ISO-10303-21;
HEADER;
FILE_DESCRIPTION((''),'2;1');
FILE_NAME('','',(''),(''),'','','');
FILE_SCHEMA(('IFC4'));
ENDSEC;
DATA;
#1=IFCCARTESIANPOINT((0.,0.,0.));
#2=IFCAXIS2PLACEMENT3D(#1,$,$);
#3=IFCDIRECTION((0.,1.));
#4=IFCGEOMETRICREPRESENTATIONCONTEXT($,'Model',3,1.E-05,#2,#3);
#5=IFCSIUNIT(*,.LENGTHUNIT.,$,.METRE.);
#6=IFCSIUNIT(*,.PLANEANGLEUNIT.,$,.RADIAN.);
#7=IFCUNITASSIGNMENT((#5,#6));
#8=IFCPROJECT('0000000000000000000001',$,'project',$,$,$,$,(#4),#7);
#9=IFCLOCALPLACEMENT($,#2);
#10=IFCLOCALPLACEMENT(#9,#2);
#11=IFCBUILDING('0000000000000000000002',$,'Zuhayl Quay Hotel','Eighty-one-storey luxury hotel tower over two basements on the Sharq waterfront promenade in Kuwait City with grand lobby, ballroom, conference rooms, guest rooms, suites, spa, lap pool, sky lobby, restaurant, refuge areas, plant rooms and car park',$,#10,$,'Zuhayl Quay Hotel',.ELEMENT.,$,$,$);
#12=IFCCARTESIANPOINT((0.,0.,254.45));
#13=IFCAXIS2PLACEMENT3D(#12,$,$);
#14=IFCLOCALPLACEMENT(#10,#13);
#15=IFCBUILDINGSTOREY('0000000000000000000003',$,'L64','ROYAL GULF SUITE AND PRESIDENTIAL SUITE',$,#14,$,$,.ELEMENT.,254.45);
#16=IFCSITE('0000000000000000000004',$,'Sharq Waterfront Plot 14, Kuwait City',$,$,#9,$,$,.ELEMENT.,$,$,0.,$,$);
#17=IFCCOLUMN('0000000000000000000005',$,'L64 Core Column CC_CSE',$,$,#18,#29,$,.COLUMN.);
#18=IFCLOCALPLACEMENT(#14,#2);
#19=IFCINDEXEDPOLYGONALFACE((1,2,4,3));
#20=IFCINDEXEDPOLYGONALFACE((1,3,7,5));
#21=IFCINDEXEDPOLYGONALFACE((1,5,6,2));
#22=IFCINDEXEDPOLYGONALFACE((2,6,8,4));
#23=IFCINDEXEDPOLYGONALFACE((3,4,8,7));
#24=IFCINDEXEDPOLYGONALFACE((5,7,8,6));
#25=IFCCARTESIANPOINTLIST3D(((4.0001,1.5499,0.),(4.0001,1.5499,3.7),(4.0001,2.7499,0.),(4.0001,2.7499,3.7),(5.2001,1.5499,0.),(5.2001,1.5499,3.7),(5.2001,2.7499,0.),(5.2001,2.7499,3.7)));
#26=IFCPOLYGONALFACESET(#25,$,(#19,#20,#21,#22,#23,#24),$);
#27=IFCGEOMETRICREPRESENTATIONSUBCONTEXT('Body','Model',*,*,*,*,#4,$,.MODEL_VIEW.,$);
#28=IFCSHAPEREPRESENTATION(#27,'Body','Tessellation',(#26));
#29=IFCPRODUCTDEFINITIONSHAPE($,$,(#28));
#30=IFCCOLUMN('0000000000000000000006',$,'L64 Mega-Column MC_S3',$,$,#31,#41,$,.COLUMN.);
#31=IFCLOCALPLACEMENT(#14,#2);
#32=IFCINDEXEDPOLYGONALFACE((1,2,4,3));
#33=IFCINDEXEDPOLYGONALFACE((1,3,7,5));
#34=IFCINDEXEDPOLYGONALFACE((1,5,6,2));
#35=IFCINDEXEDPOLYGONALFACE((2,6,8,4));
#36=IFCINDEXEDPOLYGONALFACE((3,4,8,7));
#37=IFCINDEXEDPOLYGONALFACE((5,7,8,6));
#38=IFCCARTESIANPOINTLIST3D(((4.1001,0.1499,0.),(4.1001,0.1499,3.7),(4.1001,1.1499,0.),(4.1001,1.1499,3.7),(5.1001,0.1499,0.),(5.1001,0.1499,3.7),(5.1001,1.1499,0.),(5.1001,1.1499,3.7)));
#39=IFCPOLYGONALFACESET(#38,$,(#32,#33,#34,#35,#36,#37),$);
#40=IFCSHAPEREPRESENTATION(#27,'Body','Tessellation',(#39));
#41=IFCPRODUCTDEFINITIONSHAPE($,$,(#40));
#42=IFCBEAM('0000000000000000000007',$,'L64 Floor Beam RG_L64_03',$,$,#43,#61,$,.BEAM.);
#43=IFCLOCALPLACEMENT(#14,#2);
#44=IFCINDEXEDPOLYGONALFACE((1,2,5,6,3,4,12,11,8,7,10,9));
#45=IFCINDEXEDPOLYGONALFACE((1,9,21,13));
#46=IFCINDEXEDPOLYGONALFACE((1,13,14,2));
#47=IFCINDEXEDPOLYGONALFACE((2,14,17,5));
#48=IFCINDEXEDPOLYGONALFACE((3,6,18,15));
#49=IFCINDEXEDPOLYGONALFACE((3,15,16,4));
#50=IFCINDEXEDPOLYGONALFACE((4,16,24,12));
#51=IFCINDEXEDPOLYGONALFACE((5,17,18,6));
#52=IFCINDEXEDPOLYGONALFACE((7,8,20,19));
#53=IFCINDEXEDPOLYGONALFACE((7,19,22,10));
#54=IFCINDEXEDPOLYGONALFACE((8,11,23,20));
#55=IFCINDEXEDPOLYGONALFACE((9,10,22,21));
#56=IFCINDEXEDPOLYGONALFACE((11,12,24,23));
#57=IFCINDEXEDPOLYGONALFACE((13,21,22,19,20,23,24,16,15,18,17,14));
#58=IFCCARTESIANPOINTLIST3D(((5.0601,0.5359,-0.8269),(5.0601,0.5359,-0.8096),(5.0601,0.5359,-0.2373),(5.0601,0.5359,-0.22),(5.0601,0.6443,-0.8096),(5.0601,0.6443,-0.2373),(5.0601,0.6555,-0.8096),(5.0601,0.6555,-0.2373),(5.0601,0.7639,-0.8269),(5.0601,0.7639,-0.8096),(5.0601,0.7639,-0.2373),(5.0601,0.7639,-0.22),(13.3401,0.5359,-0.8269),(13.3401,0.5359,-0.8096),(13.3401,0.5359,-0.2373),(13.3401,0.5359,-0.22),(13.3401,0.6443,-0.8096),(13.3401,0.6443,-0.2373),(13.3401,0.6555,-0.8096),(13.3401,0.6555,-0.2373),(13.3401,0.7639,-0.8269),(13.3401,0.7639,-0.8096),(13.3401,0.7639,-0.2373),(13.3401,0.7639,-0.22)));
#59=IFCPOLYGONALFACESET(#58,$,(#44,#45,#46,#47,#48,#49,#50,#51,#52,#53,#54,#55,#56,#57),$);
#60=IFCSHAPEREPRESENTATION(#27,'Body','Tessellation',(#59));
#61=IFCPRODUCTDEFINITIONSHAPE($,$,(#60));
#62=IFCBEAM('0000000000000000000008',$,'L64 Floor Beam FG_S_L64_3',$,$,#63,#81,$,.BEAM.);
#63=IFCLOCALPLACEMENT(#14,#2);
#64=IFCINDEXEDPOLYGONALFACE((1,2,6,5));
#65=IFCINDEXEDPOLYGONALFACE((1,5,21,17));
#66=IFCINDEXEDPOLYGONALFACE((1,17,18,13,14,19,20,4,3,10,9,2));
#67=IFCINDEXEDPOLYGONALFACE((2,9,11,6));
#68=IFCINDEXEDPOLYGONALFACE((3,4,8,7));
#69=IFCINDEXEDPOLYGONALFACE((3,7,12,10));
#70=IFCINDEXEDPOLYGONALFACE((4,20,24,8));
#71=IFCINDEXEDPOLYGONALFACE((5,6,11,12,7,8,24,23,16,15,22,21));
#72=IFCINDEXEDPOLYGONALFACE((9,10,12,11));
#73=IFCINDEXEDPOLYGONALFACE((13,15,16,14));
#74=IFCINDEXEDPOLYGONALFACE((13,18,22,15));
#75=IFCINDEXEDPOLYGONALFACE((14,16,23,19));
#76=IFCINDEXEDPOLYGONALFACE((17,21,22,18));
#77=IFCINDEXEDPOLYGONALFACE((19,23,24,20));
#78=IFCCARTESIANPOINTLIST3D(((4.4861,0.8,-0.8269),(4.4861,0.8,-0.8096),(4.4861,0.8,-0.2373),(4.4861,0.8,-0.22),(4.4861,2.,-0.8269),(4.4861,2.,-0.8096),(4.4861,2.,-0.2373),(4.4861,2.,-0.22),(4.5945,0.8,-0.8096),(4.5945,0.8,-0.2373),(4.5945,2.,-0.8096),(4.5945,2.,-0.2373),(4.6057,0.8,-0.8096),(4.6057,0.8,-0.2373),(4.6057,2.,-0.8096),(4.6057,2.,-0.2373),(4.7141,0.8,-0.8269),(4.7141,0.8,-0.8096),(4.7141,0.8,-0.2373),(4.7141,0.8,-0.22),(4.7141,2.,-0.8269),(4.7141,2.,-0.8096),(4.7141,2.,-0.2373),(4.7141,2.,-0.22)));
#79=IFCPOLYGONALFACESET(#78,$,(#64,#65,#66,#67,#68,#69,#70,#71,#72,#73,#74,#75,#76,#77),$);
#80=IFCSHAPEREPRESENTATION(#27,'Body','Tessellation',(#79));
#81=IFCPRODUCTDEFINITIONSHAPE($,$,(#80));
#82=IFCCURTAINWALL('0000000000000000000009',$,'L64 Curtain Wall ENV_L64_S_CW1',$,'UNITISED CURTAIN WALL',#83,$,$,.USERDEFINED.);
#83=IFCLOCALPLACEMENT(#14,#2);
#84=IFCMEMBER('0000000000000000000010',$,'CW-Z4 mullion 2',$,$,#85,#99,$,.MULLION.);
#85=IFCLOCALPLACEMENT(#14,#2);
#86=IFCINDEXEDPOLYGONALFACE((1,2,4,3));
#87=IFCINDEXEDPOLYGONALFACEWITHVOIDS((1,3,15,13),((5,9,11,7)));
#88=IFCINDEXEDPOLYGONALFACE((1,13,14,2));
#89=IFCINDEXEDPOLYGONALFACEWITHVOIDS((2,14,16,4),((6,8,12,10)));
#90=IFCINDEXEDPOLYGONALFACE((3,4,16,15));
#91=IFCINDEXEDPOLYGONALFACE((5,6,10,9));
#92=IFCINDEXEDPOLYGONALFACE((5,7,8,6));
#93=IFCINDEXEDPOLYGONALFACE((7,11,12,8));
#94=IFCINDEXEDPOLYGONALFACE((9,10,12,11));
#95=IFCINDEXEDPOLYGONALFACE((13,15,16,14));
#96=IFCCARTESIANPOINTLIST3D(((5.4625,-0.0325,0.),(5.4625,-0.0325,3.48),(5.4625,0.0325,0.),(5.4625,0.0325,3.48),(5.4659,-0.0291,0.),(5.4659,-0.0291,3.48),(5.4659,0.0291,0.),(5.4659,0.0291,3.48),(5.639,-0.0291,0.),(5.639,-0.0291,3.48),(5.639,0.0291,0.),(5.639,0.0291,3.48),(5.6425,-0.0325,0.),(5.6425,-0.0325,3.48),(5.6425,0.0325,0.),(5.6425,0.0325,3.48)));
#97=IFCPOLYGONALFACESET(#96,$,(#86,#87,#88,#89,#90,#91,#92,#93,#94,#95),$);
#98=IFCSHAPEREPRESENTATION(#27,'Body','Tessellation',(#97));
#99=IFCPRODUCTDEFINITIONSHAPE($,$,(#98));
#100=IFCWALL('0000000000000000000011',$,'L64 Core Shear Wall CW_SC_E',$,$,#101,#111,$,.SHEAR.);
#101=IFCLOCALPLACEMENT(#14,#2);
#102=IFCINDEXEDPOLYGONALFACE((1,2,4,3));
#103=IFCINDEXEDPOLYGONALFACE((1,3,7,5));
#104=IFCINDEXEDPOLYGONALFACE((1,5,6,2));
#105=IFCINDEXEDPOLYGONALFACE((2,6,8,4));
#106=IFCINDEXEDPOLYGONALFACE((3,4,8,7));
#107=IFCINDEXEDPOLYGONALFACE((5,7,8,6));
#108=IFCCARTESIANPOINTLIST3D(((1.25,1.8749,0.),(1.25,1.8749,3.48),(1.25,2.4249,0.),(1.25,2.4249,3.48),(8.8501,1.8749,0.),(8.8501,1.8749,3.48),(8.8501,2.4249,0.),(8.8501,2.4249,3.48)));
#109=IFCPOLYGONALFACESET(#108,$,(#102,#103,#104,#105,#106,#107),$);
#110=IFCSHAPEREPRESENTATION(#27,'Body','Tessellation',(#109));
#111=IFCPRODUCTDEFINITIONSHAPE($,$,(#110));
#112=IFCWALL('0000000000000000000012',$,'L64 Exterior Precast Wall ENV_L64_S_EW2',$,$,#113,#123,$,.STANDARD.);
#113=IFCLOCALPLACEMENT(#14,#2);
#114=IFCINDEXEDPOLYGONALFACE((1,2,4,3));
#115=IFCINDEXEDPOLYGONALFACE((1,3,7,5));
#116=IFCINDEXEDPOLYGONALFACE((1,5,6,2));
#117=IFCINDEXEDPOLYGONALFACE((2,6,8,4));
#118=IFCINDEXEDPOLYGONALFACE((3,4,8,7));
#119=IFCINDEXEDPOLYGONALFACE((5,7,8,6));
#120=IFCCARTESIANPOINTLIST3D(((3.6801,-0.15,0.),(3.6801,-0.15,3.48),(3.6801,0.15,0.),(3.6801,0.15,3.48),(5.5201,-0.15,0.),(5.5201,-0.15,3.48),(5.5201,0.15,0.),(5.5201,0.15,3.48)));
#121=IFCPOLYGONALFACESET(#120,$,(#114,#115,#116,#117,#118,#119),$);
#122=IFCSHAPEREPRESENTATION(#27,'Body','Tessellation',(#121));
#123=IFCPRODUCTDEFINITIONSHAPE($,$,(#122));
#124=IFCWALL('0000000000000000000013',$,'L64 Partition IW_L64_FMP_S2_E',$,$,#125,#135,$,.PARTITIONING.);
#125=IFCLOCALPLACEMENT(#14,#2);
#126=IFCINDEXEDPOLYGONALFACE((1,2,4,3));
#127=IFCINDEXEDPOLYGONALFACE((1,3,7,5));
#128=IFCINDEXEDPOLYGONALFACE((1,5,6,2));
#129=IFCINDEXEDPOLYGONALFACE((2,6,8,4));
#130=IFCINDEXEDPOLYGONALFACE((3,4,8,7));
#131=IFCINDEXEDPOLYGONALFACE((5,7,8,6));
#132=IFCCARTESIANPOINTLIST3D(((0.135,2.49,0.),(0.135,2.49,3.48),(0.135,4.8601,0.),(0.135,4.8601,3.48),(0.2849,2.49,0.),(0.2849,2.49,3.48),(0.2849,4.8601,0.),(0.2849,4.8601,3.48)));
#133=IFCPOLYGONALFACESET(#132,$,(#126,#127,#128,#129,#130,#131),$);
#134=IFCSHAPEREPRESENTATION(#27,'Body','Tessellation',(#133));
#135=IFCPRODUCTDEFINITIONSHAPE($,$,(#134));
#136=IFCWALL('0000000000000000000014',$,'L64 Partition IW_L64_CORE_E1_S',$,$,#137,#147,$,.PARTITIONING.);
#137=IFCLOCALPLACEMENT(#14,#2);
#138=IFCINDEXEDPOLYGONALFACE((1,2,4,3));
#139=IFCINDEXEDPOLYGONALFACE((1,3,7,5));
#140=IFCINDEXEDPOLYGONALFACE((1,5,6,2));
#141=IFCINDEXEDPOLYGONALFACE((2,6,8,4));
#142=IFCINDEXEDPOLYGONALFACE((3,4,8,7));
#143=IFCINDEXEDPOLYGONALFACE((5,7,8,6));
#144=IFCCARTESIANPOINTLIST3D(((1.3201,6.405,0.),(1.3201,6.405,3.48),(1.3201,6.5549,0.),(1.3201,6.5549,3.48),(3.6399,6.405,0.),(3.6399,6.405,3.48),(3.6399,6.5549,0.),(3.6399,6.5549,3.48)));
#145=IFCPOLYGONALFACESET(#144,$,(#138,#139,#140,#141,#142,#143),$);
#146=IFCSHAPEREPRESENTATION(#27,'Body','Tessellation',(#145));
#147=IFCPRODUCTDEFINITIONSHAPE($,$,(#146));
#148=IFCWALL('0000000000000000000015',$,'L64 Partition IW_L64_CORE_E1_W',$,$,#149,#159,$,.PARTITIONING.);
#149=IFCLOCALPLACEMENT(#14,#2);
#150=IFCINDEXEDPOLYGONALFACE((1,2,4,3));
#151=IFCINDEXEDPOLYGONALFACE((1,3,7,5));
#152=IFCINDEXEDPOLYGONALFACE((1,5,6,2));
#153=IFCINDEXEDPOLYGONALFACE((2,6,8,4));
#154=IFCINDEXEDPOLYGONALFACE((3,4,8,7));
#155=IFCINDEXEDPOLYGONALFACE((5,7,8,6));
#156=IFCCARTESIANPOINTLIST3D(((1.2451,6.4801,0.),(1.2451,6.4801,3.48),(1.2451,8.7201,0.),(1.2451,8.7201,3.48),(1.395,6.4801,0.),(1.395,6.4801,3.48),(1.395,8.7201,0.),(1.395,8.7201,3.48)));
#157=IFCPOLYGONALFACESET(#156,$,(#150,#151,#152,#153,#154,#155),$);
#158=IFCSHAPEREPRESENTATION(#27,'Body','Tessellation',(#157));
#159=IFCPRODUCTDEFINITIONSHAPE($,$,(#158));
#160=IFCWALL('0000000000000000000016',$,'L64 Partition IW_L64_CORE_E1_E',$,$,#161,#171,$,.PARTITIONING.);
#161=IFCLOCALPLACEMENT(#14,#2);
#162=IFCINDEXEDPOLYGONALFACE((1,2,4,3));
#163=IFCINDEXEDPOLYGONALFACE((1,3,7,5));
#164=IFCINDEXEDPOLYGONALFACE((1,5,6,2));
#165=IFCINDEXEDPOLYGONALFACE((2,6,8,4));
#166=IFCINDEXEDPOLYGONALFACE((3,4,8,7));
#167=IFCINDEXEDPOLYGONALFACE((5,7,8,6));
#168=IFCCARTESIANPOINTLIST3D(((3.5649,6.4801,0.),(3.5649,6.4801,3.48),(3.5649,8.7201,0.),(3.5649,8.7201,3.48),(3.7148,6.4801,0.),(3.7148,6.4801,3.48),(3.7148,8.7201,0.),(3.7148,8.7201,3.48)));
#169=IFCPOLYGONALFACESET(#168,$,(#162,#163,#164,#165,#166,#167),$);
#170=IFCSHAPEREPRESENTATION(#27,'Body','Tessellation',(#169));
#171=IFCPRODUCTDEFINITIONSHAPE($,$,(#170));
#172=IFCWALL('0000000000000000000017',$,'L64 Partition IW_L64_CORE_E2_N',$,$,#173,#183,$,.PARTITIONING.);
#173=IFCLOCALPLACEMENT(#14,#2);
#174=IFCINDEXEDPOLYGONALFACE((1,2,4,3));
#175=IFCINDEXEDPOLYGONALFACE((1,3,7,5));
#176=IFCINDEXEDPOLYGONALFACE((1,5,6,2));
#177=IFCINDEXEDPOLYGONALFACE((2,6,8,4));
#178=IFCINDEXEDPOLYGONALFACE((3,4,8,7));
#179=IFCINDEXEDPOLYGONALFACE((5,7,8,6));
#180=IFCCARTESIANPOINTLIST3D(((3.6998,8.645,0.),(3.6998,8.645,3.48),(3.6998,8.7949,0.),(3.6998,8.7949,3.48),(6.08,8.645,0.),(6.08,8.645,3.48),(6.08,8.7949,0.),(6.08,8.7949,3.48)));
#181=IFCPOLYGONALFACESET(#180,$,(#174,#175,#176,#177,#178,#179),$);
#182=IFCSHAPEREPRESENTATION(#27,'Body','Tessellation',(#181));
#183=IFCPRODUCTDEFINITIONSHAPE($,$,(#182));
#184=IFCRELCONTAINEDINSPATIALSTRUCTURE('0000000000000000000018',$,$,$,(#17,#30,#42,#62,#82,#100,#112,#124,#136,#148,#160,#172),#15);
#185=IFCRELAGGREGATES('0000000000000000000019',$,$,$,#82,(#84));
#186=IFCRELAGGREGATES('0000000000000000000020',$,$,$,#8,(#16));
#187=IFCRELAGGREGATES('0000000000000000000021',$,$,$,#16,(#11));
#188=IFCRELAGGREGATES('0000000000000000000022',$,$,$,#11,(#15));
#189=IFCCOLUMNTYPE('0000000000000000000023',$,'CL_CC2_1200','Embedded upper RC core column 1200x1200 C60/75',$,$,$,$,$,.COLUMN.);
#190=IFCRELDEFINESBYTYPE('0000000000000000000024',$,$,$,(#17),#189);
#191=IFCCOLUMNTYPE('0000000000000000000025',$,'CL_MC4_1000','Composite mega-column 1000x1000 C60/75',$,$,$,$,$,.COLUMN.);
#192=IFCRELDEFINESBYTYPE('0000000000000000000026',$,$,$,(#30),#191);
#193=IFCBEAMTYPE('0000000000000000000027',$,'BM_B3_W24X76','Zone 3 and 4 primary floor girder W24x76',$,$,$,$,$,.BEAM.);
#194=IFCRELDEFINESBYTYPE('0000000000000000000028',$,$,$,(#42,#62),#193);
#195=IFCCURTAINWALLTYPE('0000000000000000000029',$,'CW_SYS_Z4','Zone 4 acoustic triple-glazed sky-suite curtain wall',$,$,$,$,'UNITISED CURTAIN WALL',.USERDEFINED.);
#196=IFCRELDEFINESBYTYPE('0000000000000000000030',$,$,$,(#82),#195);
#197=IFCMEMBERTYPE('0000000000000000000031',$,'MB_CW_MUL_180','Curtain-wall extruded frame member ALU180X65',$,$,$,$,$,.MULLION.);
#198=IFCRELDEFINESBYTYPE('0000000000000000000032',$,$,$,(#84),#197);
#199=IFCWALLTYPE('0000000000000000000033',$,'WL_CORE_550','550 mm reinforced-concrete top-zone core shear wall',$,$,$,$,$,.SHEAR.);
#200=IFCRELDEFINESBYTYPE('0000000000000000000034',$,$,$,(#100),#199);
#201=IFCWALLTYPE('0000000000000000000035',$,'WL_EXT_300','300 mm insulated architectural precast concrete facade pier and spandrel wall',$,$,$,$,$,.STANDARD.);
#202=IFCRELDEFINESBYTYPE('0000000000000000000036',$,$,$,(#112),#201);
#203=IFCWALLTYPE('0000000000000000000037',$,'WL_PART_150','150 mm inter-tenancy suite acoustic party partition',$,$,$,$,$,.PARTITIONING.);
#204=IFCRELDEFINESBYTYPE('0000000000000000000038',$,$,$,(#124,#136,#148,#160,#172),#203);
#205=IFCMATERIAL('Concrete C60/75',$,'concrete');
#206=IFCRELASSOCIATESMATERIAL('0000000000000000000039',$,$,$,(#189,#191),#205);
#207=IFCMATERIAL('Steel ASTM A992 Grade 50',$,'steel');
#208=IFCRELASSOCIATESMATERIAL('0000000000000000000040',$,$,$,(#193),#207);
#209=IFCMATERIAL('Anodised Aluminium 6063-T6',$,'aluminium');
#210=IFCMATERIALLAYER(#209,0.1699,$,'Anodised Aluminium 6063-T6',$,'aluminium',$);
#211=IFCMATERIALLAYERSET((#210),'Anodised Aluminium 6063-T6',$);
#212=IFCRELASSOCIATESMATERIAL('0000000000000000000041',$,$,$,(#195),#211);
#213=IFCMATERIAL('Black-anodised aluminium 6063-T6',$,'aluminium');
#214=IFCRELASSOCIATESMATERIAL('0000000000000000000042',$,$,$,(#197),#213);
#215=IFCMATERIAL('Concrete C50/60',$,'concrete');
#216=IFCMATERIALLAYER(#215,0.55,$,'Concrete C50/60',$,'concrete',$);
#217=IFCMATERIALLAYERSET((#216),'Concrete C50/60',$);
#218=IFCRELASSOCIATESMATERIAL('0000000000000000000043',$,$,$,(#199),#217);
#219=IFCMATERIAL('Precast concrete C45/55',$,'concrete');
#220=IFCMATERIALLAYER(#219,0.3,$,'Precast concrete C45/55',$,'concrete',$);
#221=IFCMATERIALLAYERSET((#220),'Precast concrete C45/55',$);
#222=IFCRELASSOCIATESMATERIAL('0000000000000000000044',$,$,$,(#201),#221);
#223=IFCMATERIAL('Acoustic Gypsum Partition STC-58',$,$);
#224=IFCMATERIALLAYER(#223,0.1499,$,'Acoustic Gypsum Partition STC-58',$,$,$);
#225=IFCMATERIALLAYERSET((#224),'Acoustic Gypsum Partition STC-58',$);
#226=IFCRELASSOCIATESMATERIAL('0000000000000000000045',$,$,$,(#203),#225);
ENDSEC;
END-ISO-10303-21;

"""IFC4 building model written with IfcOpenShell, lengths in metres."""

from ifc_helpers import new_model, si_unit, direction, frame, frame_2d, origin, origin_2d, place, context, subcontext, project, spatial, rectangle, hollow_rectangle, i_section, extrude, material, layer, layer_set, material_profile, profile_set, type_object, element, aggregate, save


model = new_model("IFC4")

# Units and contexts
model_context = context("Model", 3, precision=1e-05, world=origin(), true_north=direction((0.0, 1.0)))
body_context = subcontext(model_context, "Body", "Model", "MODEL_VIEW")
ifc_project = project(units=[si_unit("LENGTHUNIT", "METRE"), si_unit("PLANEANGLEUNIT", "RADIAN")], contexts=[model_context])

# Site, building, storey
site_placement = place(None, origin())
site = spatial("IfcSite", under=ifc_project, at=site_placement, Name="Sharq Waterfront Plot 14, Kuwait City", CompositionType="ELEMENT", RefElevation=0.0)
building_placement = place(site_placement, origin())
building = spatial("IfcBuilding", under=site, at=building_placement, Name="Zuhayl Quay Hotel", Description="Eighty-one-storey luxury hotel tower over two basements on the Sharq waterfront promenade in Kuwait City with grand lobby, ballroom, conference rooms, guest rooms, suites, spa, lap pool, sky lobby, restaurant, refuge areas, plant rooms and car park", LongName="Zuhayl Quay Hotel", CompositionType="ELEMENT")
storey_placement = place(building_placement, frame((0.0, 0.0, 254.45)))
storey = spatial("IfcBuildingStorey", under=building, at=storey_placement, Name="L64", Description="ROYAL GULF SUITE AND PRESIDENTIAL SUITE", CompositionType="ELEMENT", Elevation=254.45)

# Columns
ifc_material_1 = material(Name="Concrete C60/75", Category="concrete")
ifc_material_profile_1 = material_profile(ifc_material_1, rectangle(XDim=1.2, YDim=1.2, at=origin_2d()), Name="RC1200X1200")
ifc_profile_set_1 = profile_set([ifc_material_profile_1], Name="Concrete C60/75")
column_type_1 = type_object("IfcColumnType", Name="CL_CC2_1200", Description="Embedded upper RC core column 1200x1200 C60/75", PredefinedType="COLUMN", material=ifc_profile_set_1)
column_1_placement = place(storey_placement, frame((4.6001, 2.1499, 0.0), z_axis=(0.0, 0.0, 1.0), x_axis=(1.0, 0.0, 0.0)))
element("IfcColumn", 1, at=column_1_placement, inside=storey, type_object=column_type_1, Name="L64 Core Column CC_CSE", PredefinedType="COLUMN", context=body_context, shape_type="SweptSolid", body=[
    extrude(rectangle(XDim=1.2, YDim=1.2, at=origin_2d()), origin(), (0.0, 0.0, 1.0), 3.7),
])
ifc_material_profile_2 = material_profile(ifc_material_1, rectangle(XDim=1.0, YDim=1.0, at=origin_2d()), Name="RC1000X1000")
ifc_profile_set_2 = profile_set([ifc_material_profile_2], Name="Concrete C60/75")
column_type_2 = type_object("IfcColumnType", Name="CL_MC4_1000", Description="Composite mega-column 1000x1000 C60/75", PredefinedType="COLUMN", material=ifc_profile_set_2)
column_2_placement = place(storey_placement, frame((4.6001, 0.6499, 0.0), z_axis=(0.0, 0.0, 1.0), x_axis=(1.0, 0.0, 0.0)))
element("IfcColumn", 2, at=column_2_placement, inside=storey, type_object=column_type_2, Name="L64 Mega-Column MC_S3", PredefinedType="COLUMN", context=body_context, shape_type="SweptSolid", body=[
    extrude(rectangle(XDim=1.0, YDim=1.0, at=origin_2d()), origin(), (0.0, 0.0, 1.0), 3.7),
])

# Beams
ifc_material_2 = material(Name="Steel ASTM A992 Grade 50", Category="steel")
ifc_material_profile_3 = material_profile(ifc_material_2, i_section(OverallWidth=0.228, OverallDepth=0.6069, WebThickness=0.0112, FlangeThickness=0.0173, at=origin_2d()), Name="W24X76")
ifc_profile_set_3 = profile_set([ifc_material_profile_3], Name="Steel ASTM A992 Grade 50")
beam_type = type_object("IfcBeamType", Name="BM_B3_W24X76", Description="Zone 3 and 4 primary floor girder W24x76", PredefinedType="BEAM", material=ifc_profile_set_3)
beam_1_placement = place(storey_placement, frame((5.0601, 0.6499, -0.5234), z_axis=(1.0, 0.0, 0.0), x_axis=(0.0, 1.0, 0.0)))
element("IfcBeam", 3, at=beam_1_placement, inside=storey, type_object=beam_type, Name="L64 Floor Beam RG_L64_03", PredefinedType="BEAM", context=body_context, shape_type="SweptSolid", body=[
    extrude(i_section(OverallWidth=0.228, OverallDepth=0.6069, WebThickness=0.0112, FlangeThickness=0.0173, at=origin_2d()), origin(), (0.0, 0.0, 1.0), 8.28),
])
beam_2_placement = place(storey_placement, frame((4.6001, 0.8, -0.5234), z_axis=(0.0, 1.0, 0.0), x_axis=(-1.0, 0.0, 0.0)))
element("IfcBeam", 4, at=beam_2_placement, inside=storey, type_object=beam_type, Name="L64 Floor Beam FG_S_L64_3", PredefinedType="BEAM", context=body_context, shape_type="SweptSolid", body=[
    extrude(i_section(OverallWidth=0.228, OverallDepth=0.6069, WebThickness=0.0112, FlangeThickness=0.0173, at=origin_2d()), origin(), (0.0, 0.0, 1.0), 1.2),
])

# Curtain wall, member
ifc_material_3 = material(Name="Anodised Aluminium 6063-T6", Category="aluminium")
ifc_layer_1 = layer(ifc_material_3, 0.1699, Name="Anodised Aluminium 6063-T6", Category="aluminium")
ifc_layer_set_1 = layer_set([ifc_layer_1], Name="Anodised Aluminium 6063-T6")
curtain_wall_type = type_object("IfcCurtainWallType", Name="CW_SYS_Z4", Description="Zone 4 acoustic triple-glazed sky-suite curtain wall", ElementType="UNITISED CURTAIN WALL", PredefinedType="USERDEFINED", material=ifc_layer_set_1)
curtain_wall_placement = place(storey_placement, origin())
curtain_wall = element("IfcCurtainWall", 5, at=curtain_wall_placement, inside=storey, type_object=curtain_wall_type, Name="L64 Curtain Wall ENV_L64_S_CW1", ObjectType="UNITISED CURTAIN WALL", PredefinedType="USERDEFINED")
ifc_material_4 = material(Name="Black-anodised aluminium 6063-T6", Category="aluminium")
ifc_material_profile_4 = material_profile(ifc_material_4, hollow_rectangle(XDim=0.0649, YDim=0.1799, WallThickness=0.0034, at=origin_2d()), Name="ALU180X65")
ifc_profile_set_4 = profile_set([ifc_material_profile_4], Name="Black-anodised aluminium 6063-T6")
member_type = type_object("IfcMemberType", Name="MB_CW_MUL_180", Description="Curtain-wall extruded frame member ALU180X65", PredefinedType="MULLION", material=ifc_profile_set_4)
member_placement = place(storey_placement, frame((5.5525, 0.0, 0.0), z_axis=(0.0, 0.0, 1.0), x_axis=(0.0, -1.0, 0.0)))
member = element("IfcMember", 6, at=member_placement, type_object=member_type, Name="CW-Z4 mullion 2", PredefinedType="MULLION", context=body_context, shape_type="SweptSolid", body=[
    extrude(hollow_rectangle(XDim=0.0649, YDim=0.1799, WallThickness=0.0034, at=origin_2d()), origin(), (0.0, 0.0, 1.0), 3.48),
])
aggregate(curtain_wall, [member])

# Walls
ifc_material_5 = material(Name="Concrete C50/60", Category="concrete")
ifc_layer_2 = layer(ifc_material_5, 0.55, Name="Concrete C50/60", Category="concrete")
ifc_layer_set_2 = layer_set([ifc_layer_2], Name="Concrete C50/60")
wall_type_1 = type_object("IfcWallType", Name="WL_CORE_550", Description="550 mm reinforced-concrete top-zone core shear wall", PredefinedType="SHEAR", material=ifc_layer_set_2)
wall_1_placement = place(storey_placement, frame((1.25, 2.1499, 0.0), z_axis=(0.0, 0.0, 1.0), x_axis=(1.0, 0.0, 0.0)))
element("IfcWall", 7, at=wall_1_placement, inside=storey, type_object=wall_type_1, Name="L64 Core Shear Wall CW_SC_E", PredefinedType="SHEAR", context=body_context, shape_type="SweptSolid", body=[
    extrude(rectangle(XDim=7.6001, YDim=0.55, at=frame_2d((3.8, 0.0))), origin(), (0.0, 0.0, 1.0), 3.48),
])
ifc_material_6 = material(Name="Precast concrete C45/55", Category="concrete")
ifc_layer_3 = layer(ifc_material_6, 0.3, Name="Precast concrete C45/55", Category="concrete")
ifc_layer_set_3 = layer_set([ifc_layer_3], Name="Precast concrete C45/55")
wall_type_2 = type_object("IfcWallType", Name="WL_EXT_300", Description="300 mm insulated architectural precast concrete facade pier and spandrel wall", PredefinedType="STANDARD", material=ifc_layer_set_3)
wall_2_placement = place(storey_placement, frame((5.52, 0.0, 0.0), z_axis=(0.0, 0.0, 1.0), x_axis=(-1.0, 0.0, 0.0)))
element("IfcWall", 8, at=wall_2_placement, inside=storey, type_object=wall_type_2, Name="L64 Exterior Precast Wall ENV_L64_S_EW2", PredefinedType="STANDARD", context=body_context, shape_type="SweptSolid", body=[
    extrude(rectangle(XDim=1.8401, YDim=0.3, at=frame_2d((0.9199, 0.0))), origin(), (0.0, 0.0, 1.0), 3.48),
])

# Shared definitions
ifc_material_7 = material(Name="Acoustic Gypsum Partition STC-58")
ifc_layer_4 = layer(ifc_material_7, 0.1499, Name="Acoustic Gypsum Partition STC-58")
ifc_layer_set_4 = layer_set([ifc_layer_4], Name="Acoustic Gypsum Partition STC-58")
wall_type_3 = type_object("IfcWallType", Name="WL_PART_150", Description="150 mm inter-tenancy suite acoustic party partition", PredefinedType="PARTITIONING", material=ifc_layer_set_4)

# Walls
wall_3_placement = place(storey_placement, frame((0.21, 2.49, 0.0), z_axis=(0.0, 0.0, 1.0), x_axis=(0.0, 1.0, 0.0)))
element("IfcWall", 9, at=wall_3_placement, inside=storey, type_object=wall_type_3, Name="L64 Partition IW_L64_FMP_S2_E", PredefinedType="PARTITIONING", context=body_context, shape_type="SweptSolid", body=[
    extrude(rectangle(XDim=2.3701, YDim=0.1499, at=frame_2d((1.1851, 0.0))), origin(), (0.0, 0.0, 1.0), 3.48),
])
wall_4_placement = place(storey_placement, frame((1.3201, 6.48, 0.0), z_axis=(0.0, 0.0, 1.0), x_axis=(1.0, 0.0, 0.0)))
element("IfcWall", 10, at=wall_4_placement, inside=storey, type_object=wall_type_3, Name="L64 Partition IW_L64_CORE_E1_S", PredefinedType="PARTITIONING", context=body_context, shape_type="SweptSolid", body=[
    extrude(rectangle(XDim=2.3198, YDim=0.1499, at=frame_2d((1.1599, 0.0))), origin(), (0.0, 0.0, 1.0), 3.48),
])
for number, where, z_axis, x_axis, name in (
    (11, (1.3201, 6.48, 0.0), (0.0, 0.0, 1.0), (0.0, 1.0, 0.0), "L64 Partition IW_L64_CORE_E1_W"),
    (12, (3.6399, 6.48, 0.0), (0.0, 0.0, 1.0), (0.0, 1.0, 0.0), "L64 Partition IW_L64_CORE_E1_E"),
):
    element("IfcWall", number, at=place(storey_placement, frame(where, z_axis=z_axis, x_axis=x_axis)), inside=storey, type_object=wall_type_3, Name=name, PredefinedType="PARTITIONING", context=body_context, shape_type="SweptSolid", body=[
        extrude(rectangle(XDim=2.24, YDim=0.1499, at=frame_2d((1.1201, 0.0))), origin(), (0.0, 0.0, 1.0), 3.48),
    ])
wall_5_placement = place(storey_placement, frame((3.7, 8.72, 0.0), z_axis=(0.0, 0.0, 1.0), x_axis=(1.0, 0.0, 0.0)))
element("IfcWall", 13, at=wall_5_placement, inside=storey, type_object=wall_type_3, Name="L64 Partition IW_L64_CORE_E2_N", PredefinedType="PARTITIONING", context=body_context, shape_type="SweptSolid", body=[
    extrude(rectangle(XDim=2.3801, YDim=0.1499, at=frame_2d((1.1899, 0.0))), origin(), (0.0, 0.0, 1.0), 3.48),
])

save(model, "model.ifc")
